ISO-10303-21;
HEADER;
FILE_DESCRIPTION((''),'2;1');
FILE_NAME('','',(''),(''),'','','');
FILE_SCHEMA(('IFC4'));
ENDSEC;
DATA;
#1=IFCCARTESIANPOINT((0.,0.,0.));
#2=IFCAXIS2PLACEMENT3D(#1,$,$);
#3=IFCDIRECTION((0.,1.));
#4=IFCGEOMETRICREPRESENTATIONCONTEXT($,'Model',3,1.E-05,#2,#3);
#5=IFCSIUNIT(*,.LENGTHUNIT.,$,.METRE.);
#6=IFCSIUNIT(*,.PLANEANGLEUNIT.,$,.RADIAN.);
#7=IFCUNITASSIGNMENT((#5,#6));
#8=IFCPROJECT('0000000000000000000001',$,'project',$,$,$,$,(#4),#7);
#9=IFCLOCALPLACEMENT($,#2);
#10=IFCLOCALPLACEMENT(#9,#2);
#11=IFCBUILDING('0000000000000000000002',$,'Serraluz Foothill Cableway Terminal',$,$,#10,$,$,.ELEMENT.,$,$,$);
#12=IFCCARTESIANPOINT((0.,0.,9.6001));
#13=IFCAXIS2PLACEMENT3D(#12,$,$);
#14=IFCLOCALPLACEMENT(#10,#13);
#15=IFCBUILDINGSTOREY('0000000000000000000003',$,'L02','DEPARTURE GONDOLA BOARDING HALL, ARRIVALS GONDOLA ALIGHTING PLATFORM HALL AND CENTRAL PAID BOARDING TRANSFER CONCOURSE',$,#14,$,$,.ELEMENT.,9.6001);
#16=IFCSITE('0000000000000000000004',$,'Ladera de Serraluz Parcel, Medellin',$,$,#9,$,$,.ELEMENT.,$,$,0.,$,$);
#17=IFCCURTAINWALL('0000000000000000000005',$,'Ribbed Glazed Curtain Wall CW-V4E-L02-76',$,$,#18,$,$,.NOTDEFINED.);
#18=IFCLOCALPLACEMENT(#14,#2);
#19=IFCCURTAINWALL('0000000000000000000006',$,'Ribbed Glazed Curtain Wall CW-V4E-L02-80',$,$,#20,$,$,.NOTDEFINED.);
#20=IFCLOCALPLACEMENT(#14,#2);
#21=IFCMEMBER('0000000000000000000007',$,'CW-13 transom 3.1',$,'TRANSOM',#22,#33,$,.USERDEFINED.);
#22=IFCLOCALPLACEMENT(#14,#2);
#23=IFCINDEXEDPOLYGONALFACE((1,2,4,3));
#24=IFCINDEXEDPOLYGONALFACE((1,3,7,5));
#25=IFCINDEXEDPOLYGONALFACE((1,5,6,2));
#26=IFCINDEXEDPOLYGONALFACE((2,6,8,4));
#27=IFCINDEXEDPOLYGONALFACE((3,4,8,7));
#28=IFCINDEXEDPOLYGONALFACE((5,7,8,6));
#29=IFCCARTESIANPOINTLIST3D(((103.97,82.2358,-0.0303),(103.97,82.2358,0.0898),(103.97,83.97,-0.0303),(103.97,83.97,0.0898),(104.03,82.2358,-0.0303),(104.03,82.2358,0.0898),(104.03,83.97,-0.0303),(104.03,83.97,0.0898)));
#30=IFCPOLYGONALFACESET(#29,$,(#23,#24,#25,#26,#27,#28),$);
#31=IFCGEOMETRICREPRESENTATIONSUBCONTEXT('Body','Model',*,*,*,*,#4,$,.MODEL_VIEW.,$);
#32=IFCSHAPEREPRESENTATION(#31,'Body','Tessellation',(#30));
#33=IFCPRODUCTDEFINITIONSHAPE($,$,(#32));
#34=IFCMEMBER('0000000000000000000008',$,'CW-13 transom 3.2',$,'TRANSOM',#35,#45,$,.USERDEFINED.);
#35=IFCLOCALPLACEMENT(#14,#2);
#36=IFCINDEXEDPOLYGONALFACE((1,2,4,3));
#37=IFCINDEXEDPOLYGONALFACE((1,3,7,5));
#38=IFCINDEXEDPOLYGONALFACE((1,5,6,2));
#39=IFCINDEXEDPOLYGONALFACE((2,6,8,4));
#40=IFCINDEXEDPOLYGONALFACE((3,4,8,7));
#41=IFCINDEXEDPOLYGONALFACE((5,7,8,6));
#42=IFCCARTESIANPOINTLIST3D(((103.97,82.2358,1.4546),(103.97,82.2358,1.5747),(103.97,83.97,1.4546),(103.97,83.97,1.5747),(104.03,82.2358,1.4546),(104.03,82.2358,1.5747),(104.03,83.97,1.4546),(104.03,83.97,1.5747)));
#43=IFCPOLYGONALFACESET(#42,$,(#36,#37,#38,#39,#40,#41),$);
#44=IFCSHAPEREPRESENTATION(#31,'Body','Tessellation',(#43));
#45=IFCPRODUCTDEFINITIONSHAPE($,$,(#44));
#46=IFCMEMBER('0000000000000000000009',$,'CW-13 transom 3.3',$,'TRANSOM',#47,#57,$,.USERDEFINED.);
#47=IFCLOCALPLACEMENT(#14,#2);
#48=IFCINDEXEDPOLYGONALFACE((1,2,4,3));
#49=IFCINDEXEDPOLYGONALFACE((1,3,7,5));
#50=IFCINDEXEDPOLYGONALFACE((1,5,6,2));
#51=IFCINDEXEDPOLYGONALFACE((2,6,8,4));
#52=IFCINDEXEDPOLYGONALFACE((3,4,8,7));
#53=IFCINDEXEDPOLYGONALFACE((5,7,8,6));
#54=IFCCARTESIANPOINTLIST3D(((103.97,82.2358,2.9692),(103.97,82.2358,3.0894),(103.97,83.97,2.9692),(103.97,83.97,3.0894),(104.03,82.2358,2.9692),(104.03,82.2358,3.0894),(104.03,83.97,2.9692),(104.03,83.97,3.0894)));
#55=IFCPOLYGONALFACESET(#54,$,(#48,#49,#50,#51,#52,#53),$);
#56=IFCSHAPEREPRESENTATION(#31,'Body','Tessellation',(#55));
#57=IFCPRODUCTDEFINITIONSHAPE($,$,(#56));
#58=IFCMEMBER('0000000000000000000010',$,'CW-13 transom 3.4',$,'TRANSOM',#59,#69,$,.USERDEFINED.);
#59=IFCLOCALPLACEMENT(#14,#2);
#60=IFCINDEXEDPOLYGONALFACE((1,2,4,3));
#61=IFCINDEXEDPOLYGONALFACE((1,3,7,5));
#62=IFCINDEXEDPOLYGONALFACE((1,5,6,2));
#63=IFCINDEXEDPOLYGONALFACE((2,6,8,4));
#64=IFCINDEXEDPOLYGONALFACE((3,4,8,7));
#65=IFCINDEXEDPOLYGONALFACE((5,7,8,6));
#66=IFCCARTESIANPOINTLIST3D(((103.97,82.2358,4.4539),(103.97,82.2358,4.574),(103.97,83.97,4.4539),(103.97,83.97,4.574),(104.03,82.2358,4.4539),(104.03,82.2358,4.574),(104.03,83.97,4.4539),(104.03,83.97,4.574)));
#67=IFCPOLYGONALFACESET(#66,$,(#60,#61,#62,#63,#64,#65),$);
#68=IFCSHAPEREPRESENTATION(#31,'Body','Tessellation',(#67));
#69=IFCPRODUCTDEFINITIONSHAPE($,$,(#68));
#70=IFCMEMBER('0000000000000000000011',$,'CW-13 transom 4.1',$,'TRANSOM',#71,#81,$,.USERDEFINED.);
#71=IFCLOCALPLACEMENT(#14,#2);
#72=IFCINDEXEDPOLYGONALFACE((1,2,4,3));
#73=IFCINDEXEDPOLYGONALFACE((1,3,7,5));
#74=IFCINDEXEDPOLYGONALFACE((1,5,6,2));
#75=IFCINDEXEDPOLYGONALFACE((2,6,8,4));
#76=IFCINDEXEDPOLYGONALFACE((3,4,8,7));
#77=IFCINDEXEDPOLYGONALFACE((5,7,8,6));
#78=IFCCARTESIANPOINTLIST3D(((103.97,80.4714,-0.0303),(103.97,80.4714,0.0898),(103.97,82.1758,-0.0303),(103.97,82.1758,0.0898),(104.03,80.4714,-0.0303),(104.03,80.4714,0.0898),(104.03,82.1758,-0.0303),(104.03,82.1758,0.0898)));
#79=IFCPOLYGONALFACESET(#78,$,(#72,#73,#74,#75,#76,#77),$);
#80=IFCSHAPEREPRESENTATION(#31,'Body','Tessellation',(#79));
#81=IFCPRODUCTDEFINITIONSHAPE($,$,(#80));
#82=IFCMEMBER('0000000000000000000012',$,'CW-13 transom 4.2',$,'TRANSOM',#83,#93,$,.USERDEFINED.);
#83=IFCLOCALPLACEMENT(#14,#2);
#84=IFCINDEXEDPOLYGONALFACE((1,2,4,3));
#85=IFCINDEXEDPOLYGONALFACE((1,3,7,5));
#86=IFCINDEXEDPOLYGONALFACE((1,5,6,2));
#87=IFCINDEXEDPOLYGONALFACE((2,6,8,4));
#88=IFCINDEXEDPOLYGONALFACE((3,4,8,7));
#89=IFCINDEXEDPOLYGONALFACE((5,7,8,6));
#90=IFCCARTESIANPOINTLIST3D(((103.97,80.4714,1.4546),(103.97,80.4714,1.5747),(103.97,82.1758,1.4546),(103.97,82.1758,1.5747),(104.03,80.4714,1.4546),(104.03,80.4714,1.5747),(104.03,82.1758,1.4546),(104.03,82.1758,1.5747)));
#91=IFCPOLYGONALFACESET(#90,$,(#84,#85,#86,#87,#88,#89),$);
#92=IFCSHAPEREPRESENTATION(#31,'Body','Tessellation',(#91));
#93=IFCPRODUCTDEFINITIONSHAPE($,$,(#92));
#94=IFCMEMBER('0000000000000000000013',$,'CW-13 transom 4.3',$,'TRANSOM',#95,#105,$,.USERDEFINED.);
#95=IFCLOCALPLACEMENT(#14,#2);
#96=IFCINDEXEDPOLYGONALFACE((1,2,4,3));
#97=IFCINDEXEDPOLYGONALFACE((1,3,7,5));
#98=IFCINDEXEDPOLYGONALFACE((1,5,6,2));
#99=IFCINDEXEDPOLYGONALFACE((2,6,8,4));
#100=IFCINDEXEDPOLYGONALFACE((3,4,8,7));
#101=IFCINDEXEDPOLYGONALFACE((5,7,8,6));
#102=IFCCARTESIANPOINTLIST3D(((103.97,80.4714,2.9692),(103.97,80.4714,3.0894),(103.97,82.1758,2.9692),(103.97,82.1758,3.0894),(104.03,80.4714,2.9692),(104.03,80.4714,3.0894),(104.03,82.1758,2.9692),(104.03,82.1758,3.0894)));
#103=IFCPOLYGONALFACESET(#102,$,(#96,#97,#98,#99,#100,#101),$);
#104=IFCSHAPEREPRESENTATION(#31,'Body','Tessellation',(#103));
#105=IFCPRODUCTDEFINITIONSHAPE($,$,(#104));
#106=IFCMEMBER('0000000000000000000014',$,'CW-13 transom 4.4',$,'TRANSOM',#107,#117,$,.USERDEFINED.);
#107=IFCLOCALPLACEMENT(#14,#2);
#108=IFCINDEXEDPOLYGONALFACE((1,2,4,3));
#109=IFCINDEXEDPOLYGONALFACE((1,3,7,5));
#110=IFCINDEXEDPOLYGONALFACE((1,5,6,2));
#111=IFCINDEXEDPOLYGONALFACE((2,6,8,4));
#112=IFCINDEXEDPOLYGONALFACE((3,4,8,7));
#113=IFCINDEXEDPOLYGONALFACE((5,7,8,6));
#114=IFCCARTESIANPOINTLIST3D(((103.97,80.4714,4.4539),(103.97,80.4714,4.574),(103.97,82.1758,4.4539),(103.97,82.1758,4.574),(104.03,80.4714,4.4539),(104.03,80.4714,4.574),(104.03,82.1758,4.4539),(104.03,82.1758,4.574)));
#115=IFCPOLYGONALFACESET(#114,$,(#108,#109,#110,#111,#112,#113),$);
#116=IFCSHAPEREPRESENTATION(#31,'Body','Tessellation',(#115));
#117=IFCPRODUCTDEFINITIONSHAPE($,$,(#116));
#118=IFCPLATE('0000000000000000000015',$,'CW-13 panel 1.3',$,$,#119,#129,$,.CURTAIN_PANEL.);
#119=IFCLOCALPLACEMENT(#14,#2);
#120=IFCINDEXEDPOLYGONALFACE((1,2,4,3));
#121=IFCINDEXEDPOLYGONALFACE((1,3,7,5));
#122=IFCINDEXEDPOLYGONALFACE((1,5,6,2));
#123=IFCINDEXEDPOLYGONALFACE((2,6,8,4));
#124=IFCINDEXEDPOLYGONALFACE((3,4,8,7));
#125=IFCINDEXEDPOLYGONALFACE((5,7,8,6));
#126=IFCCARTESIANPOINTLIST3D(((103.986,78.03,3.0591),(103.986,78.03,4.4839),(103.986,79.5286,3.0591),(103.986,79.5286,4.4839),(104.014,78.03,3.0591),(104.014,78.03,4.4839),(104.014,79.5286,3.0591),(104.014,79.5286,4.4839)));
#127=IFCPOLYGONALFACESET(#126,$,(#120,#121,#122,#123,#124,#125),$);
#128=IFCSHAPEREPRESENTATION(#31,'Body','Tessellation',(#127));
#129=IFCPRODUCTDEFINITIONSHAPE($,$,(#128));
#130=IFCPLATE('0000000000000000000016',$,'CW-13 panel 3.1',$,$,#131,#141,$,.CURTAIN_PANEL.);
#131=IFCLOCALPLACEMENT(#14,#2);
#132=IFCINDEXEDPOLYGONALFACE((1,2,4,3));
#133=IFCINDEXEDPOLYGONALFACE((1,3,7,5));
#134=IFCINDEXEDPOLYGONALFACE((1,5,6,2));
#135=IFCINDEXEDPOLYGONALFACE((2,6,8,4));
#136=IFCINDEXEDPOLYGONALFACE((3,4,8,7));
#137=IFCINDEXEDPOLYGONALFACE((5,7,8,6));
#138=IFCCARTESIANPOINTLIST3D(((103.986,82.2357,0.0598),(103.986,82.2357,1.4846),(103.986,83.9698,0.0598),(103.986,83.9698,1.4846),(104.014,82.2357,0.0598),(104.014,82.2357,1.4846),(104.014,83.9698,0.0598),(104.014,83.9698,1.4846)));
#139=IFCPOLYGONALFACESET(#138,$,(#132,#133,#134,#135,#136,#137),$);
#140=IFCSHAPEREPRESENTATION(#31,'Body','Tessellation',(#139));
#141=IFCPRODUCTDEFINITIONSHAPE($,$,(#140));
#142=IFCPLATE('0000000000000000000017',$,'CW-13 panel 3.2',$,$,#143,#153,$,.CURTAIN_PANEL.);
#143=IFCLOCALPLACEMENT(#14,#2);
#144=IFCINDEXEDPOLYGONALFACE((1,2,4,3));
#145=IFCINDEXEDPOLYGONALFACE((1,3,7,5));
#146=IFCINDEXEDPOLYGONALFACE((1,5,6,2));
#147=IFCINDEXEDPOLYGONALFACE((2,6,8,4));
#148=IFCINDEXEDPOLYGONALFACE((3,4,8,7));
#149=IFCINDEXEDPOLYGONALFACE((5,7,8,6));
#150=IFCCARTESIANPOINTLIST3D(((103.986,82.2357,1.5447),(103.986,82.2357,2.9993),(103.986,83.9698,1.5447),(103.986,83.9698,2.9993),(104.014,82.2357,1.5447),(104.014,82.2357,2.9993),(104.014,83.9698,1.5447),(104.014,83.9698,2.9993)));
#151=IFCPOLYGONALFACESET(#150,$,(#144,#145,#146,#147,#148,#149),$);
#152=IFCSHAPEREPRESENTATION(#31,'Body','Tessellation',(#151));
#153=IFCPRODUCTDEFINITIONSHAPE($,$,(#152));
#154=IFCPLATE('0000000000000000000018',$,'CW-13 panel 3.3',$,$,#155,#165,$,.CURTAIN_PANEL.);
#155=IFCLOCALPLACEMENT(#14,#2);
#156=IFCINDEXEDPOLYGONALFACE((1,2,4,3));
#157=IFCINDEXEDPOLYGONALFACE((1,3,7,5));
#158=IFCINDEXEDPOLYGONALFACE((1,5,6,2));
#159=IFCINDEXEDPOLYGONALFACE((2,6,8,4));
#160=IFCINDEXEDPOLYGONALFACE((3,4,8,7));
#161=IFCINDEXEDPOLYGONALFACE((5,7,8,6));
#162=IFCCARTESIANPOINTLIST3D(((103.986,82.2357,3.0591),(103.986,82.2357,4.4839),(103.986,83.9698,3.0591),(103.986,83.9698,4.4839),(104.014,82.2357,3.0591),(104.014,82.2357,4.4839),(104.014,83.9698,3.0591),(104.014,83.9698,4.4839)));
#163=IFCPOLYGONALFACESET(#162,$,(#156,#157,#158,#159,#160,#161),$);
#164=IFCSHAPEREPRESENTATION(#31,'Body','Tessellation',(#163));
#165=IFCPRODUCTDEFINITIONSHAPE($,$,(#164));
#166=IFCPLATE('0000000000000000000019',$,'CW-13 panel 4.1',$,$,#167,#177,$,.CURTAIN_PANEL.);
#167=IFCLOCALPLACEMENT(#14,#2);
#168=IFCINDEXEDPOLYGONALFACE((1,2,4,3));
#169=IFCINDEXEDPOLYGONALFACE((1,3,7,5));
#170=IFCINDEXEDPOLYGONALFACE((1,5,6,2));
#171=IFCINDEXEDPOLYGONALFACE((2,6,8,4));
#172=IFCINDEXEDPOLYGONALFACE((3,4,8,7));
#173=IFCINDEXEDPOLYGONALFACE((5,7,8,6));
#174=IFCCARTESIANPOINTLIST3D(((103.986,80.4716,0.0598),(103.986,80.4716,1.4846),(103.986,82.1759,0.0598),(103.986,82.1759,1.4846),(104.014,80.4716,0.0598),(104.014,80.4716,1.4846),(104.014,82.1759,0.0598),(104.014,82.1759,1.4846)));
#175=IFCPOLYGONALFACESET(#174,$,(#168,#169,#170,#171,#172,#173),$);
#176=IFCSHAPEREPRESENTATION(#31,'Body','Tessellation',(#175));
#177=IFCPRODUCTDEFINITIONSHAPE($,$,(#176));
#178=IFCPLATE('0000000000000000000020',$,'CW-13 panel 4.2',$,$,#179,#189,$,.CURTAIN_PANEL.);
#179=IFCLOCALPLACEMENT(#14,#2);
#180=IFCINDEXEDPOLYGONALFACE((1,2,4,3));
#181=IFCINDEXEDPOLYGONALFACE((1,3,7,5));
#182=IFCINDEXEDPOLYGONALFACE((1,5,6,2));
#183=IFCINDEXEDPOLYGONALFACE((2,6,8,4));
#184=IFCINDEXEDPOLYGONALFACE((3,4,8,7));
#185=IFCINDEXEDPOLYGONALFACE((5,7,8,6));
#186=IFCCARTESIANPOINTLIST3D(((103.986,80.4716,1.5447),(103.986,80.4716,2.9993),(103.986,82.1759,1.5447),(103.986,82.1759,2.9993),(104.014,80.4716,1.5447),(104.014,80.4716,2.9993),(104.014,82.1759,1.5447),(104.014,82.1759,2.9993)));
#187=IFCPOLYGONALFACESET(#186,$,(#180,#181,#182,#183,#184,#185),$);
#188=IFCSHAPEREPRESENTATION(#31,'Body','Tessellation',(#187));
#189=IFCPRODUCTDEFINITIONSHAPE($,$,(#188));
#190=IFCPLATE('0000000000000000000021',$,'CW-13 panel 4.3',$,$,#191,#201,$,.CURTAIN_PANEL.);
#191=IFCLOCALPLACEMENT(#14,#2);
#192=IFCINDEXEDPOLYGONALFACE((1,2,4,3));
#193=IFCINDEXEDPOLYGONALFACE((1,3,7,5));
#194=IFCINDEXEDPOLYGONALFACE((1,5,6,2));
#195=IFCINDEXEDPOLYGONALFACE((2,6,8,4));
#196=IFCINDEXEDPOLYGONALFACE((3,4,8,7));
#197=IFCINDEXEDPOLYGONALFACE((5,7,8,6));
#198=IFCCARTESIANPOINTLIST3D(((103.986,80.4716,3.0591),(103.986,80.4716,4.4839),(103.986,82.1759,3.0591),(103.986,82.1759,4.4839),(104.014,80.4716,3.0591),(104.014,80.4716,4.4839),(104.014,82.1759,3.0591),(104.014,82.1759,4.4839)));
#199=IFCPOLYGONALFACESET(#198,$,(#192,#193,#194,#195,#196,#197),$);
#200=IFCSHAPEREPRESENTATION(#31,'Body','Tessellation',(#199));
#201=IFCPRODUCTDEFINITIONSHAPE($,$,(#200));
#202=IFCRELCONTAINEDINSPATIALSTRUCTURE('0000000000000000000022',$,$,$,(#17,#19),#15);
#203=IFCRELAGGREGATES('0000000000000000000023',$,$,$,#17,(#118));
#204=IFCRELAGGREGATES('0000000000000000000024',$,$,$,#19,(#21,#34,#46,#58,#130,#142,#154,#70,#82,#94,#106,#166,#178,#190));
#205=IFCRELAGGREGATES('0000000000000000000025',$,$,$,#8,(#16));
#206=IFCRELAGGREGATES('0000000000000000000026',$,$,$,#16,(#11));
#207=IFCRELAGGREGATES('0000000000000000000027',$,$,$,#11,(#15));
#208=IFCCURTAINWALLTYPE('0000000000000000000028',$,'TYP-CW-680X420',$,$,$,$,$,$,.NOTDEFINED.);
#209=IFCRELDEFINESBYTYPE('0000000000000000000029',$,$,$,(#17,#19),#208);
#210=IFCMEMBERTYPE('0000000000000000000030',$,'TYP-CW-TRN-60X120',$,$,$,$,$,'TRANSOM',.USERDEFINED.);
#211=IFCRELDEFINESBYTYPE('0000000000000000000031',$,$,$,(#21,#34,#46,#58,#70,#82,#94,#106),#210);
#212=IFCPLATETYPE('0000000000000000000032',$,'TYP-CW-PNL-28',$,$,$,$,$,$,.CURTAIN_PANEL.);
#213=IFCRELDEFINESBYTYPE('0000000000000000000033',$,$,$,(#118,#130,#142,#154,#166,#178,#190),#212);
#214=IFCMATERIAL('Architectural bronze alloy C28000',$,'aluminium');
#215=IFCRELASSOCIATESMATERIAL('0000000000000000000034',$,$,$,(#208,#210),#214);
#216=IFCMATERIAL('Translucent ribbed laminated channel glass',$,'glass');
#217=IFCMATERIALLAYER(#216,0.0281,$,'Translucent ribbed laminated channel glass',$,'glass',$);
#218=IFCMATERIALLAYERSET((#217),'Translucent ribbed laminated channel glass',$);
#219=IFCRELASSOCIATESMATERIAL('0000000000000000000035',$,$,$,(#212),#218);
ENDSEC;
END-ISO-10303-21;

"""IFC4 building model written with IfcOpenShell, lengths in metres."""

from ifc_helpers import new_model, si_unit, direction, frame, origin, origin_2d, place, context, subcontext, project, spatial, rectangle, extrude, material, layer, layer_set, material_profile, profile_set, type_object, element, aggregate, save


model = new_model("IFC4")

# Units and contexts
model_context = context("Model", 3, precision=1e-05, world=origin(), true_north=direction((0.0, 1.0)))
body_context = subcontext(model_context, "Body", "Model", "MODEL_VIEW")
ifc_project = project(units=[si_unit("LENGTHUNIT", "METRE"), si_unit("PLANEANGLEUNIT", "RADIAN")], contexts=[model_context])

# Site, building, storey
site_placement = place(None, origin())
site = spatial("IfcSite", under=ifc_project, at=site_placement, Name="Ladera de Serraluz Parcel, Medellin", CompositionType="ELEMENT", RefElevation=0.0)
building_placement = place(site_placement, origin())
building = spatial("IfcBuilding", under=site, at=building_placement, Name="Serraluz Foothill Cableway Terminal", CompositionType="ELEMENT")
storey_placement = place(building_placement, frame((0.0, 0.0, 9.6001)))
storey = spatial("IfcBuildingStorey", under=building, at=storey_placement, Name="L02", Description="DEPARTURE GONDOLA BOARDING HALL, ARRIVALS GONDOLA ALIGHTING PLATFORM HALL AND CENTRAL PAID BOARDING TRANSFER CONCOURSE", CompositionType="ELEMENT", Elevation=9.6001)

# Curtain wall
ifc_material_1 = material(Name="Architectural bronze alloy C28000", Category="aluminium")
curtain_wall_type = type_object("IfcCurtainWallType", Name="TYP-CW-680X420", PredefinedType="NOTDEFINED", material=ifc_material_1)
curtain_wall_1_placement = place(storey_placement, origin())
curtain_wall_1 = element("IfcCurtainWall", 1, at=curtain_wall_1_placement, inside=storey, type_object=curtain_wall_type, Name="Ribbed Glazed Curtain Wall CW-V4E-L02-76", PredefinedType="NOTDEFINED")

# Curtain wall
curtain_wall_2_placement = place(storey_placement, origin())
curtain_wall_2 = element("IfcCurtainWall", 2, at=curtain_wall_2_placement, inside=storey, type_object=curtain_wall_type, Name="Ribbed Glazed Curtain Wall CW-V4E-L02-80", PredefinedType="NOTDEFINED")

# Members
ifc_material_profile_1 = material_profile(ifc_material_1, rectangle(XDim=0.0601, YDim=0.1201, at=origin_2d()), Name="ALU TRANSOM 60x120")
ifc_profile_set_1 = profile_set([ifc_material_profile_1], Name="Architectural bronze alloy C28000")
member_type_1 = type_object("IfcMemberType", Name="TYP-CW-TRN-60X120", ElementType="TRANSOM", PredefinedType="USERDEFINED", material=ifc_profile_set_1)
member_1_placement = place(storey_placement, frame((104.0, 83.97, 0.0298), z_axis=(0.0, -1.0, 0.0), x_axis=(1.0, 0.0, 0.0)))
member_1 = element("IfcMember", 3, at=member_1_placement, type_object=member_type_1, Name="CW-13 transom 3.1", ObjectType="TRANSOM", PredefinedType="USERDEFINED", context=body_context, shape_type="SweptSolid", body=[
    extrude(rectangle(XDim=0.0601, YDim=0.1201, at=origin_2d()), origin(), (0.0, 0.0, 1.0), 1.7341),
])
member_2_placement = place(storey_placement, frame((104.0, 83.97, 1.5146), z_axis=(0.0, -1.0, 0.0), x_axis=(1.0, 0.0, 0.0)))
member_2 = element("IfcMember", 4, at=member_2_placement, type_object=member_type_1, Name="CW-13 transom 3.2", ObjectType="TRANSOM", PredefinedType="USERDEFINED", context=body_context, shape_type="SweptSolid", body=[
    extrude(rectangle(XDim=0.0601, YDim=0.1201, at=origin_2d()), origin(), (0.0, 0.0, 1.0), 1.7341),
])
member_3_placement = place(storey_placement, frame((104.0, 83.97, 3.0293), z_axis=(0.0, -1.0, 0.0), x_axis=(1.0, 0.0, 0.0)))
member_3 = element("IfcMember", 5, at=member_3_placement, type_object=member_type_1, Name="CW-13 transom 3.3", ObjectType="TRANSOM", PredefinedType="USERDEFINED", context=body_context, shape_type="SweptSolid", body=[
    extrude(rectangle(XDim=0.0601, YDim=0.1201, at=origin_2d()), origin(), (0.0, 0.0, 1.0), 1.7341),
])
member_4_placement = place(storey_placement, frame((104.0, 83.97, 4.5139), z_axis=(0.0, -1.0, 0.0), x_axis=(1.0, 0.0, 0.0)))
member_4 = element("IfcMember", 6, at=member_4_placement, type_object=member_type_1, Name="CW-13 transom 3.4", ObjectType="TRANSOM", PredefinedType="USERDEFINED", context=body_context, shape_type="SweptSolid", body=[
    extrude(rectangle(XDim=0.0601, YDim=0.1201, at=origin_2d()), origin(), (0.0, 0.0, 1.0), 1.7341),
])
member_5_placement = place(storey_placement, frame((104.0, 82.1758, 0.0298), z_axis=(0.0, -1.0, 0.0), x_axis=(1.0, 0.0, 0.0)))
member_5 = element("IfcMember", 7, at=member_5_placement, type_object=member_type_1, Name="CW-13 transom 4.1", ObjectType="TRANSOM", PredefinedType="USERDEFINED", context=body_context, shape_type="SweptSolid", body=[
    extrude(rectangle(XDim=0.0601, YDim=0.1201, at=origin_2d()), origin(), (0.0, 0.0, 1.0), 1.7043),
])
member_6_placement = place(storey_placement, frame((104.0, 82.1758, 1.5146), z_axis=(0.0, -1.0, 0.0), x_axis=(1.0, 0.0, 0.0)))
member_6 = element("IfcMember", 8, at=member_6_placement, type_object=member_type_1, Name="CW-13 transom 4.2", ObjectType="TRANSOM", PredefinedType="USERDEFINED", context=body_context, shape_type="SweptSolid", body=[
    extrude(rectangle(XDim=0.0601, YDim=0.1201, at=origin_2d()), origin(), (0.0, 0.0, 1.0), 1.7043),
])
member_7_placement = place(storey_placement, frame((104.0, 82.1758, 3.0293), z_axis=(0.0, -1.0, 0.0), x_axis=(1.0, 0.0, 0.0)))
member_7 = element("IfcMember", 9, at=member_7_placement, type_object=member_type_1, Name="CW-13 transom 4.3", ObjectType="TRANSOM", PredefinedType="USERDEFINED", context=body_context, shape_type="SweptSolid", body=[
    extrude(rectangle(XDim=0.0601, YDim=0.1201, at=origin_2d()), origin(), (0.0, 0.0, 1.0), 1.7043),
])
member_8_placement = place(storey_placement, frame((104.0, 82.1758, 4.5139), z_axis=(0.0, -1.0, 0.0), x_axis=(1.0, 0.0, 0.0)))
member_8 = element("IfcMember", 10, at=member_8_placement, type_object=member_type_1, Name="CW-13 transom 4.4", ObjectType="TRANSOM", PredefinedType="USERDEFINED", context=body_context, shape_type="SweptSolid", body=[
    extrude(rectangle(XDim=0.0601, YDim=0.1201, at=origin_2d()), origin(), (0.0, 0.0, 1.0), 1.7043),
])

# Plates
ifc_material_2 = material(Name="Translucent ribbed laminated channel glass", Category="glass")
ifc_layer_1 = layer(ifc_material_2, 0.0281, Name="Translucent ribbed laminated channel glass", Category="glass")
ifc_layer_set_1 = layer_set([ifc_layer_1], Name="Translucent ribbed laminated channel glass")
plate_type_1 = type_object("IfcPlateType", Name="TYP-CW-PNL-28", PredefinedType="CURTAIN_PANEL", material=ifc_layer_set_1)
plate_1_placement = place(storey_placement, frame((104.0, 78.7793, 3.0591), z_axis=(0.0, 0.0, 1.0), x_axis=(0.0, -1.0, 0.0)))
plate_1 = element("IfcPlate", 11, at=plate_1_placement, type_object=plate_type_1, Name="CW-13 panel 1.3", PredefinedType="CURTAIN_PANEL", context=body_context, shape_type="SweptSolid", body=[
    extrude(rectangle(XDim=1.4985, YDim=0.0281, at=origin_2d()), origin(), (0.0, 0.0, 1.0), 1.4248),
])
aggregate(curtain_wall_1, [plate_1])
plate_2_placement = place(storey_placement, frame((104.0, 83.1028, 0.0598), z_axis=(0.0, 0.0, 1.0), x_axis=(0.0, -1.0, 0.0)))
plate_2 = element("IfcPlate", 12, at=plate_2_placement, type_object=plate_type_1, Name="CW-13 panel 3.1", PredefinedType="CURTAIN_PANEL", context=body_context, shape_type="SweptSolid", body=[
    extrude(rectangle(XDim=1.7341, YDim=0.0281, at=origin_2d()), origin(), (0.0, 0.0, 1.0), 1.4248),
])
plate_3_placement = place(storey_placement, frame((104.0, 83.1028, 1.5447), z_axis=(0.0, 0.0, 1.0), x_axis=(0.0, -1.0, 0.0)))
plate_3 = element("IfcPlate", 13, at=plate_3_placement, type_object=plate_type_1, Name="CW-13 panel 3.2", PredefinedType="CURTAIN_PANEL", context=body_context, shape_type="SweptSolid", body=[
    extrude(rectangle(XDim=1.7341, YDim=0.0281, at=origin_2d()), origin(), (0.0, 0.0, 1.0), 1.4546),
])
plate_4_placement = place(storey_placement, frame((104.0, 83.1028, 3.0591), z_axis=(0.0, 0.0, 1.0), x_axis=(0.0, -1.0, 0.0)))
plate_4 = element("IfcPlate", 14, at=plate_4_placement, type_object=plate_type_1, Name="CW-13 panel 3.3", PredefinedType="CURTAIN_PANEL", context=body_context, shape_type="SweptSolid", body=[
    extrude(rectangle(XDim=1.7341, YDim=0.0281, at=origin_2d()), origin(), (0.0, 0.0, 1.0), 1.4248),
])
plate_5_placement = place(storey_placement, frame((104.0, 81.3237, 0.0598), z_axis=(0.0, 0.0, 1.0), x_axis=(0.0, -1.0, 0.0)))
plate_5 = element("IfcPlate", 15, at=plate_5_placement, type_object=plate_type_1, Name="CW-13 panel 4.1", PredefinedType="CURTAIN_PANEL", context=body_context, shape_type="SweptSolid", body=[
    extrude(rectangle(XDim=1.7043, YDim=0.0281, at=origin_2d()), origin(), (0.0, 0.0, 1.0), 1.4248),
])
plate_6_placement = place(storey_placement, frame((104.0, 81.3237, 1.5447), z_axis=(0.0, 0.0, 1.0), x_axis=(0.0, -1.0, 0.0)))
plate_6 = element("IfcPlate", 16, at=plate_6_placement, type_object=plate_type_1, Name="CW-13 panel 4.2", PredefinedType="CURTAIN_PANEL", context=body_context, shape_type="SweptSolid", body=[
    extrude(rectangle(XDim=1.7043, YDim=0.0281, at=origin_2d()), origin(), (0.0, 0.0, 1.0), 1.4546),
])
plate_7_placement = place(storey_placement, frame((104.0, 81.3237, 3.0591), z_axis=(0.0, 0.0, 1.0), x_axis=(0.0, -1.0, 0.0)))
plate_7 = element("IfcPlate", 17, at=plate_7_placement, type_object=plate_type_1, Name="CW-13 panel 4.3", PredefinedType="CURTAIN_PANEL", context=body_context, shape_type="SweptSolid", body=[
    extrude(rectangle(XDim=1.7043, YDim=0.0281, at=origin_2d()), origin(), (0.0, 0.0, 1.0), 1.4248),
])
aggregate(curtain_wall_2, [member_1, member_2, member_3, member_4, plate_2, plate_3, plate_4, member_5, member_6, member_7, member_8, plate_5, plate_6, plate_7])

save(model, "model.ifc")
